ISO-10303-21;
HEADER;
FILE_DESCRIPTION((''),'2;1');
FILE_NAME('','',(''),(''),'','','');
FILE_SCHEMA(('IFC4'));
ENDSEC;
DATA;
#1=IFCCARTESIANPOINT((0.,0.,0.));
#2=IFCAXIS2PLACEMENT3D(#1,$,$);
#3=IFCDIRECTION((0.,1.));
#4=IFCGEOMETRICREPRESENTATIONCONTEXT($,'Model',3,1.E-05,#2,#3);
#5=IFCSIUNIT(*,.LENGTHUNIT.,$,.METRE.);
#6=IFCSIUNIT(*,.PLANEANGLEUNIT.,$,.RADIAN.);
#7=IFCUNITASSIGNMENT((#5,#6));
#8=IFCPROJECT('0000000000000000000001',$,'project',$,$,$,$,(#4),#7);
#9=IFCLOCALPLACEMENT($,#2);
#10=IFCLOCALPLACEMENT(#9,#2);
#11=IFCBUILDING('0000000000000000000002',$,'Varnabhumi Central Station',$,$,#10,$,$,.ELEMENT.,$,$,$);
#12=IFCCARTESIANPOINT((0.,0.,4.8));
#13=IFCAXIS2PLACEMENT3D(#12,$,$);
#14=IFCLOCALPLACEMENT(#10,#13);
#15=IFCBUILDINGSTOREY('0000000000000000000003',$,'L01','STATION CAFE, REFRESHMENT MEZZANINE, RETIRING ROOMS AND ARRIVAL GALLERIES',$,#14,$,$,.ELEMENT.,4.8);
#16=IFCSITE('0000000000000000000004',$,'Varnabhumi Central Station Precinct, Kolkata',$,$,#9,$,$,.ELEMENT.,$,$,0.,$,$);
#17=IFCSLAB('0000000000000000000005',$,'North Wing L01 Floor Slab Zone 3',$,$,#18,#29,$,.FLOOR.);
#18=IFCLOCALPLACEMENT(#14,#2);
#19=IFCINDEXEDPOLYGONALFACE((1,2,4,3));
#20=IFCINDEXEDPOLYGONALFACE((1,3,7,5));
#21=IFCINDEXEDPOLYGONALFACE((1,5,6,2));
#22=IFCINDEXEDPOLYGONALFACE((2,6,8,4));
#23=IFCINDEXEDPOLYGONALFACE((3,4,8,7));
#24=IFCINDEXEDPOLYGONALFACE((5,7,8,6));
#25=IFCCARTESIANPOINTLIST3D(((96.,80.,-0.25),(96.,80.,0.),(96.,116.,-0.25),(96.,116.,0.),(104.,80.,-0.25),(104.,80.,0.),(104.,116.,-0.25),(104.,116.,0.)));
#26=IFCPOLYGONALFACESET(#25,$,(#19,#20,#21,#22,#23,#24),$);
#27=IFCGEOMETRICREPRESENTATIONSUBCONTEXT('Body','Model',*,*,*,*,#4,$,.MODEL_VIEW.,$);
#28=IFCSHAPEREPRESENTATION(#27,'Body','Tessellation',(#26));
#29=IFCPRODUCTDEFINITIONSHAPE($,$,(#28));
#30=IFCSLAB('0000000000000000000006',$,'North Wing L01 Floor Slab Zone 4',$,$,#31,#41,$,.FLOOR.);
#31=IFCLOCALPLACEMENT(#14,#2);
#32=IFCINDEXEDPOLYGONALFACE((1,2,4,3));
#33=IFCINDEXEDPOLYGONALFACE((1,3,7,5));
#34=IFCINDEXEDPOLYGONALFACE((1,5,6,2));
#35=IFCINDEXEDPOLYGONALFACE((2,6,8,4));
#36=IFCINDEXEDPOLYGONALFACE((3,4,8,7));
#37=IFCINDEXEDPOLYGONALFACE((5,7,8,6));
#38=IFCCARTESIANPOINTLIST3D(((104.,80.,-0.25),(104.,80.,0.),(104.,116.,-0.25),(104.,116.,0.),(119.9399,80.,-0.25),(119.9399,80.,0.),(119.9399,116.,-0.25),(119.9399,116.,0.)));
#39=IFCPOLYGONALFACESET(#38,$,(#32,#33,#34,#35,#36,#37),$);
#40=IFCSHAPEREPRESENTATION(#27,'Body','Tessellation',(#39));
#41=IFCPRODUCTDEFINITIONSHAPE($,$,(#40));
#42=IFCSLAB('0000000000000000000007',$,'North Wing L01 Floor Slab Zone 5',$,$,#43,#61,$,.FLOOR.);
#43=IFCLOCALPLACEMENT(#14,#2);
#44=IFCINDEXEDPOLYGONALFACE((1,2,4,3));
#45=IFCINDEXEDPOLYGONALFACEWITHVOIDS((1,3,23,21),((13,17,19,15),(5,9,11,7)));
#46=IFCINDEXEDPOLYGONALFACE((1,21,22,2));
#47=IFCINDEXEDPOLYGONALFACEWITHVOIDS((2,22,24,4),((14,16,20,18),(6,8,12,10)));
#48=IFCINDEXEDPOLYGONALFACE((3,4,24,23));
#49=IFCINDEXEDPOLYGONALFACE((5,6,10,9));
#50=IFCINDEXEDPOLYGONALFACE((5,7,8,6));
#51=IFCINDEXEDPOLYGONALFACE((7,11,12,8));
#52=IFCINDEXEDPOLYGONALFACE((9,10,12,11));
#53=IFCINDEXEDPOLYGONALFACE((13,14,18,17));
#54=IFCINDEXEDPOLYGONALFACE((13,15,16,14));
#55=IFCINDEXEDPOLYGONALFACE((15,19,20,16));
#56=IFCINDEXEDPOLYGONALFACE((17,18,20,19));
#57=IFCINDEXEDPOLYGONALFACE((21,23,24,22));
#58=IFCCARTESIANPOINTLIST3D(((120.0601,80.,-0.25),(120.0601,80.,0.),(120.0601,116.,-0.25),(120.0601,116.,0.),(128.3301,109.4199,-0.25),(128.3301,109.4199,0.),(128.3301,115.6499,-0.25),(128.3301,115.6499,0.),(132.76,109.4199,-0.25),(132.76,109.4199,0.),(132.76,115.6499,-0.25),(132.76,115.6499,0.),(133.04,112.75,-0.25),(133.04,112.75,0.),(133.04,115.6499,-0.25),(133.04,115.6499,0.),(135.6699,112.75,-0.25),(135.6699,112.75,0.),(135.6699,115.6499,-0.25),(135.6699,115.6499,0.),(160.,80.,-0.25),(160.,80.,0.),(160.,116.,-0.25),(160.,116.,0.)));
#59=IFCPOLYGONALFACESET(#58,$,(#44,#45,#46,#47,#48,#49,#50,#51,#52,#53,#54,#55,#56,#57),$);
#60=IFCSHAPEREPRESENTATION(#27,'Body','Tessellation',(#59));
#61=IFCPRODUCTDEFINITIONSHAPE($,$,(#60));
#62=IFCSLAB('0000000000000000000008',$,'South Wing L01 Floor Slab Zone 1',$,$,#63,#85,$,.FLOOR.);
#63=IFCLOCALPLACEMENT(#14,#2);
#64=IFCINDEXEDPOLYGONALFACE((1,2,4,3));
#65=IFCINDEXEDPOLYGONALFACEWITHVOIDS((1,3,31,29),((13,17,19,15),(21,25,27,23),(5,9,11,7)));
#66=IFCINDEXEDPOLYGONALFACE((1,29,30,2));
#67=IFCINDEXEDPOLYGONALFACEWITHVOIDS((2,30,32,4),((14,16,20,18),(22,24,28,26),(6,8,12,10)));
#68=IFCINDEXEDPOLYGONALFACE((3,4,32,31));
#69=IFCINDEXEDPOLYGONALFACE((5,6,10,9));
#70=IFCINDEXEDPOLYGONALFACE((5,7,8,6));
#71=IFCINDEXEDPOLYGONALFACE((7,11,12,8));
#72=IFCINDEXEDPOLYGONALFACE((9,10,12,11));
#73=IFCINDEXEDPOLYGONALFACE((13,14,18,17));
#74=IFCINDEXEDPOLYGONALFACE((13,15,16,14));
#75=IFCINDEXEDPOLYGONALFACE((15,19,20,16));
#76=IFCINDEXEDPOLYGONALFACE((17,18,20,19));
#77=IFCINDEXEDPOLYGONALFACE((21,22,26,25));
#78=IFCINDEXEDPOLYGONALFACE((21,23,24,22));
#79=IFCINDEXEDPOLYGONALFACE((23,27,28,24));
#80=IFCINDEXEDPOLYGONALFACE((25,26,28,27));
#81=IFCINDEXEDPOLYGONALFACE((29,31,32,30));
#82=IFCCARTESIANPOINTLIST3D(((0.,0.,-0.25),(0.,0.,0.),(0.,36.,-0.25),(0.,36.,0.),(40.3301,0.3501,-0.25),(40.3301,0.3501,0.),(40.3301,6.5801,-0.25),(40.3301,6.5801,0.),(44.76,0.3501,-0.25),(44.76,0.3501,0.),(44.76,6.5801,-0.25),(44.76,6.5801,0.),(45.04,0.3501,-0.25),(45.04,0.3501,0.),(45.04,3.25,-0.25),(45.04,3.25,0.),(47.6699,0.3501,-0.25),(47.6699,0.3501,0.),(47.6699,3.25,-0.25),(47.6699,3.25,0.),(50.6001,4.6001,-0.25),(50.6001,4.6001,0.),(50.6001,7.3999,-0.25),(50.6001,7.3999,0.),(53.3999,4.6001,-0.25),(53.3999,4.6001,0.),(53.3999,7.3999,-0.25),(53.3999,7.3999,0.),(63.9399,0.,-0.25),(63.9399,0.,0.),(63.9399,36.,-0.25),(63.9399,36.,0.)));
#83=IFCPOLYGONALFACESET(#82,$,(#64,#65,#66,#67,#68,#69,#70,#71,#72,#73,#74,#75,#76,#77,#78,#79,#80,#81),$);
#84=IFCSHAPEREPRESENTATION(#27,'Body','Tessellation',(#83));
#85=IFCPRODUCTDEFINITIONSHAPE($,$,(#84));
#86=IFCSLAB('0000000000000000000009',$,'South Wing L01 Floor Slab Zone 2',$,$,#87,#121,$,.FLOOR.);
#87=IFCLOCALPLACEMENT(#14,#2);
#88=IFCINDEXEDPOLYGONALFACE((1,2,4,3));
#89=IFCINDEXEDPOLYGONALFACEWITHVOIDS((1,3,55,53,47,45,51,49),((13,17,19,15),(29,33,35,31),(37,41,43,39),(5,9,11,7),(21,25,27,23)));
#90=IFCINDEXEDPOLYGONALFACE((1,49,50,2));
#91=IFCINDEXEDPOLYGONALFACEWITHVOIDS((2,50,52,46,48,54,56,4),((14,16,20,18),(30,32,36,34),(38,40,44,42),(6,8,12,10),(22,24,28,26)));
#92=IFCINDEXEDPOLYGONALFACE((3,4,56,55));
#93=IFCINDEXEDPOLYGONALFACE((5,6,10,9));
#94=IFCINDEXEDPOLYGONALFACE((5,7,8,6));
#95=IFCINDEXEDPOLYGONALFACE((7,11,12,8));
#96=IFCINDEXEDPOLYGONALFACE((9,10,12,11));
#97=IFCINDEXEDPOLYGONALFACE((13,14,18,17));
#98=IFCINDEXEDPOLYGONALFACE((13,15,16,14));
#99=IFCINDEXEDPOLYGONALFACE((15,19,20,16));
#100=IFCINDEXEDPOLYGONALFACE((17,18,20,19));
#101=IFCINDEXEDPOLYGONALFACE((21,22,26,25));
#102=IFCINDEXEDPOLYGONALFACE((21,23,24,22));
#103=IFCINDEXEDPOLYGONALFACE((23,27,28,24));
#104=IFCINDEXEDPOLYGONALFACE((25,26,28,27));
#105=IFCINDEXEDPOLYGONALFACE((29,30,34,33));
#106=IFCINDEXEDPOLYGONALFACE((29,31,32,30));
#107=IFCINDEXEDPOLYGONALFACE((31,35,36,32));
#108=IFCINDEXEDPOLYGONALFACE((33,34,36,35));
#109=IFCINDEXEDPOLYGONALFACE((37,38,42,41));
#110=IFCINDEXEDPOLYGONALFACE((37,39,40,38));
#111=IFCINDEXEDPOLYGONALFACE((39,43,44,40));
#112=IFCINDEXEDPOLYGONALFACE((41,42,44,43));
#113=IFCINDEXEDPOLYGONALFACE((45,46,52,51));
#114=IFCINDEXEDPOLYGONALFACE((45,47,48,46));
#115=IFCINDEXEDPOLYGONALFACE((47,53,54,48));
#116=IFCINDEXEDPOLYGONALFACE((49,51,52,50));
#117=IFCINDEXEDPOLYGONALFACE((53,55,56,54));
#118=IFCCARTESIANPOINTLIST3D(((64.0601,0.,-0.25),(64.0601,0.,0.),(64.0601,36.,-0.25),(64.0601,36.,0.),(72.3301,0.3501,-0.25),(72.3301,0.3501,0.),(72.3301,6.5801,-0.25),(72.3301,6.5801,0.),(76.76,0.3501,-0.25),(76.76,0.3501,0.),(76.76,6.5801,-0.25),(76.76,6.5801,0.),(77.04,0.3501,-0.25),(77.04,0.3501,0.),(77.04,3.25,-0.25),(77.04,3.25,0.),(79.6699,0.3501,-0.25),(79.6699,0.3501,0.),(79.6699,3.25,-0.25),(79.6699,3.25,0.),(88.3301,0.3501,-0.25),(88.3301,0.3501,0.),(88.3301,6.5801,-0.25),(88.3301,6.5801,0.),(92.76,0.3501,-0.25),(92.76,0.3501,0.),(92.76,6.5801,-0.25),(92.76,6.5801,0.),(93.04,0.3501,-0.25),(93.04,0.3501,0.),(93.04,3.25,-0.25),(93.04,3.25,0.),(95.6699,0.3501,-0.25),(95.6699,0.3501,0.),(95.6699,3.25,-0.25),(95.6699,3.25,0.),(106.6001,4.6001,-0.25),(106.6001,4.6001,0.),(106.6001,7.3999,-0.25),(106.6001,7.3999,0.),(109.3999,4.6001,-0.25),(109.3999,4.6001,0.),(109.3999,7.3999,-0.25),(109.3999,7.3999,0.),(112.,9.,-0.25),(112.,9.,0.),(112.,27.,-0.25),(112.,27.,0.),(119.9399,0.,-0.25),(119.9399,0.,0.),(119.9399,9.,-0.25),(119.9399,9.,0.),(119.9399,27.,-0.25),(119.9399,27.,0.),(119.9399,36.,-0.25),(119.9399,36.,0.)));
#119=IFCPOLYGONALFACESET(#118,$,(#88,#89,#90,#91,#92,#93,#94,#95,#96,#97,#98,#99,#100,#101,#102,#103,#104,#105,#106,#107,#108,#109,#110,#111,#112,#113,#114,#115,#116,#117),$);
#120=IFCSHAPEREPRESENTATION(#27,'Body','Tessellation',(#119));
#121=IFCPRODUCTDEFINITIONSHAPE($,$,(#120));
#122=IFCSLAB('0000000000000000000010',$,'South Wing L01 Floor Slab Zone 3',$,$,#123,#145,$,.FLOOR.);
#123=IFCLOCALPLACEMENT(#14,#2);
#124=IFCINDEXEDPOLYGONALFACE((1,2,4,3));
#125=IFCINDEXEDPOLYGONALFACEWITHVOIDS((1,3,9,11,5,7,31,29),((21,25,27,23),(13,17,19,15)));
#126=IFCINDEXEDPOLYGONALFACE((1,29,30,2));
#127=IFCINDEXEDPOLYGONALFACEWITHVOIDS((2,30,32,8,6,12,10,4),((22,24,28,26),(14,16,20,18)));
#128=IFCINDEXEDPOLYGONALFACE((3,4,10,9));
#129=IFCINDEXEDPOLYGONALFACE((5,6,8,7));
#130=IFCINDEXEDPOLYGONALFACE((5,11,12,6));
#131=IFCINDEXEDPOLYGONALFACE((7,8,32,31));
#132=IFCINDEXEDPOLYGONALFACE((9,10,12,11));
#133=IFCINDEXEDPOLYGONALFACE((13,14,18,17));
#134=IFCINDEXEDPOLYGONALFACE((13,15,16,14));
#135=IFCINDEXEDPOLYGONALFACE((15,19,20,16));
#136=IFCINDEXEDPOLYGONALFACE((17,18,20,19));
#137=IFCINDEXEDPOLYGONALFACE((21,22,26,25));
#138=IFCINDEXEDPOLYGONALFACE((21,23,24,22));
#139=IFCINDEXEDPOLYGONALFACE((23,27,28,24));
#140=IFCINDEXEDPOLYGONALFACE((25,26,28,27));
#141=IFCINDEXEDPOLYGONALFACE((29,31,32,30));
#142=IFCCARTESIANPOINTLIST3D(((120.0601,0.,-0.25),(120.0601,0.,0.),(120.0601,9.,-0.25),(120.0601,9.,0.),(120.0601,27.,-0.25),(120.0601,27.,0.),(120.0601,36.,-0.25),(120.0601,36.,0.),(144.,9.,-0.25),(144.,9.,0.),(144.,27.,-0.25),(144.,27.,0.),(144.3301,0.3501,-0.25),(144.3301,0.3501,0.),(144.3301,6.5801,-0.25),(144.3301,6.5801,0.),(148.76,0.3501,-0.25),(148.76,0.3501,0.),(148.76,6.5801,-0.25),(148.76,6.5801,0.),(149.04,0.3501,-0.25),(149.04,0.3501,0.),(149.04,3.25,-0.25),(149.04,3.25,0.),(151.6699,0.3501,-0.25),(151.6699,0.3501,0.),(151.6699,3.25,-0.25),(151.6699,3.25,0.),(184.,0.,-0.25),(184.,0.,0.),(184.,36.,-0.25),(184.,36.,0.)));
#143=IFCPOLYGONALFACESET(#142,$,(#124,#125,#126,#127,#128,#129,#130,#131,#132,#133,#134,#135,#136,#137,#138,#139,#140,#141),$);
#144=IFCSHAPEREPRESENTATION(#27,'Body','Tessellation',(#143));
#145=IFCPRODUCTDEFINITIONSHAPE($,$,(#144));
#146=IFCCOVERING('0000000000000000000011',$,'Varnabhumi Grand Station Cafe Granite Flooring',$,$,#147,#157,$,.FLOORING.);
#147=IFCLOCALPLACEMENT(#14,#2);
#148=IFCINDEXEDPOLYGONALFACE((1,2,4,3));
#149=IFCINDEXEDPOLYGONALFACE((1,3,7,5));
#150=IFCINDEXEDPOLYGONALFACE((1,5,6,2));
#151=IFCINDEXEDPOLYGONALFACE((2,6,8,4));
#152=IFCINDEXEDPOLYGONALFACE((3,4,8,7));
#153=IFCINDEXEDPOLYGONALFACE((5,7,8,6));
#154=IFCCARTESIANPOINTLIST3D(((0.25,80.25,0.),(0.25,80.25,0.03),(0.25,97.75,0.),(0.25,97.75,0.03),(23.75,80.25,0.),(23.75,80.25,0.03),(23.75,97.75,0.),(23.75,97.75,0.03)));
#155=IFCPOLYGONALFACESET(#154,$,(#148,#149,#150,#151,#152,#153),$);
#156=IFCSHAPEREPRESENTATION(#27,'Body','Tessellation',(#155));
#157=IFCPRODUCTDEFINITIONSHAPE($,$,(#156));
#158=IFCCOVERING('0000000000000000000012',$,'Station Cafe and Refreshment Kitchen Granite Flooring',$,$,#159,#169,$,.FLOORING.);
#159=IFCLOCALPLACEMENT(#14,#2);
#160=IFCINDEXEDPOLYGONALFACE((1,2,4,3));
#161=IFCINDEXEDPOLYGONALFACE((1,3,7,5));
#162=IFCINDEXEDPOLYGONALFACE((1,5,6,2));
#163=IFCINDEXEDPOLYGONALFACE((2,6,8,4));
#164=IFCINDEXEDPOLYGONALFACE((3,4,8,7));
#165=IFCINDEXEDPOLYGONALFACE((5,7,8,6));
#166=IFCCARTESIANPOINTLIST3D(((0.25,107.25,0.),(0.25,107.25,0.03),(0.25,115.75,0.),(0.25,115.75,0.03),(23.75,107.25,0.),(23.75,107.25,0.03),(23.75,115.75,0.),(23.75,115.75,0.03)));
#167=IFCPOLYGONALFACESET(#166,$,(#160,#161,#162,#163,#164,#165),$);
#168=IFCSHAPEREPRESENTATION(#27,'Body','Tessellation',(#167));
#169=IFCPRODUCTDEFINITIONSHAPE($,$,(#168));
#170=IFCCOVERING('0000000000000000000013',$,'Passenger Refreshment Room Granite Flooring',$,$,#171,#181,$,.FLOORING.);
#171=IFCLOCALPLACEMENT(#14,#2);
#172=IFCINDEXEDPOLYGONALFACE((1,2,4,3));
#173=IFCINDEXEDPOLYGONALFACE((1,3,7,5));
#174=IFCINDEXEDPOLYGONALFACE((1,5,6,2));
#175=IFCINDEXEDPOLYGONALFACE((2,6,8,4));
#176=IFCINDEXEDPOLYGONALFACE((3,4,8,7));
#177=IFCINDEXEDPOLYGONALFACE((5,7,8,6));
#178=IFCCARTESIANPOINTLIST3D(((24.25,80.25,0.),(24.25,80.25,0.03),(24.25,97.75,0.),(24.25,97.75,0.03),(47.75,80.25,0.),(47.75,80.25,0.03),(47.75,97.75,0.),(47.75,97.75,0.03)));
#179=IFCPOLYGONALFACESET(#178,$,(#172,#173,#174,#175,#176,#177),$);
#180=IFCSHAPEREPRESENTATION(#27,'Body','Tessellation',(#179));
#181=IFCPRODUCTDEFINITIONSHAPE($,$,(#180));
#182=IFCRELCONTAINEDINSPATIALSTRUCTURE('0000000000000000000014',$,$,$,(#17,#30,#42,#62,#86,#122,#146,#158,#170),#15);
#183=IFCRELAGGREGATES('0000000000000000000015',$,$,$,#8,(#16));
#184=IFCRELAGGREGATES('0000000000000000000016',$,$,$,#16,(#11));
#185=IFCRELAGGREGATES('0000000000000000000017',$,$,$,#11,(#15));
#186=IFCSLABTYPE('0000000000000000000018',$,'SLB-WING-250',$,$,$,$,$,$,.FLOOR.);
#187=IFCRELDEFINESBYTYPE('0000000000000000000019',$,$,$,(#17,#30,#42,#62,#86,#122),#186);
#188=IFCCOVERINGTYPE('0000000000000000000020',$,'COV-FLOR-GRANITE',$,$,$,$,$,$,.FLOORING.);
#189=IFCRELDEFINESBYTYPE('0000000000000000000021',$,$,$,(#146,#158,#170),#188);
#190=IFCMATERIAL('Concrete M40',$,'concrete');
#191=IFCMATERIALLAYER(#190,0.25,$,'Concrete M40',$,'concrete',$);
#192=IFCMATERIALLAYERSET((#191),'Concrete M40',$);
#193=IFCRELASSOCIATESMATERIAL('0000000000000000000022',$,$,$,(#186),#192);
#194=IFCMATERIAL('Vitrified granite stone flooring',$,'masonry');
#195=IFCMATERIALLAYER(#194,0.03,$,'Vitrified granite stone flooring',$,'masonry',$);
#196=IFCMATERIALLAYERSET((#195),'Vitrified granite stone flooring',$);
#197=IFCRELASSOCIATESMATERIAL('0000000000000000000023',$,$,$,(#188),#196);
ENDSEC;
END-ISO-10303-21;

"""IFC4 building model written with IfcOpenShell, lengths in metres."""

from ifc_helpers import new_model, si_unit, direction, frame, origin, place, context, subcontext, project, spatial, polyline, outline, extrude, material, layer, layer_set, type_object, element, save


model = new_model("IFC4")

# Units and contexts
model_context = context("Model", 3, precision=1e-05, world=origin(), true_north=direction((0.0, 1.0)))
body_context = subcontext(model_context, "Body", "Model", "MODEL_VIEW")
ifc_project = project(units=[si_unit("LENGTHUNIT", "METRE"), si_unit("PLANEANGLEUNIT", "RADIAN")], contexts=[model_context])

# Site, building, storey
site_placement = place(None, origin())
site = spatial("IfcSite", under=ifc_project, at=site_placement, Name="Varnabhumi Central Station Precinct, Kolkata", CompositionType="ELEMENT", RefElevation=0.0)
building_placement = place(site_placement, origin())
building = spatial("IfcBuilding", under=site, at=building_placement, Name="Varnabhumi Central Station", CompositionType="ELEMENT")
storey_placement = place(building_placement, frame((0.0, 0.0, 4.8)))
storey = spatial("IfcBuildingStorey", under=building, at=storey_placement, Name="L01", Description="STATION CAFE, REFRESHMENT MEZZANINE, RETIRING ROOMS AND ARRIVAL GALLERIES", CompositionType="ELEMENT", Elevation=4.8)

# Shared definitions
ifc_material_1 = material(Name="Concrete M40", Category="concrete")

# Slabs
ifc_layer_1 = layer(ifc_material_1, 0.25, Name="Concrete M40", Category="concrete")
ifc_layer_set_1 = layer_set([ifc_layer_1], Name="Concrete M40")
slab_type_1 = type_object("IfcSlabType", Name="SLB-WING-250", PredefinedType="FLOOR", material=ifc_layer_set_1)
slab_1_placement = place(storey_placement, frame((0.0, 0.0, -0.25)))
element("IfcSlab", 1, at=slab_1_placement, inside=storey, type_object=slab_type_1, Name="North Wing L01 Floor Slab Zone 3", PredefinedType="FLOOR", context=body_context, shape_type="SweptSolid", body=[
    extrude(outline(polyline([(96.0, 80.0), (104.0, 80.0), (104.0, 116.0), (96.0, 116.0), (96.0, 80.0)])), origin(), (0.0, 0.0, 1.0), 0.25),
])
slab_2_placement = place(storey_placement, frame((0.0, 0.0, -0.25)))
element("IfcSlab", 2, at=slab_2_placement, inside=storey, type_object=slab_type_1, Name="North Wing L01 Floor Slab Zone 4", PredefinedType="FLOOR", context=body_context, shape_type="SweptSolid", body=[
    extrude(outline(polyline([(104.0, 80.0), (119.9399, 80.0), (119.9399, 116.0), (104.0, 116.0), (104.0, 80.0)])), origin(), (0.0, 0.0, 1.0), 0.25),
])
slab_3_placement = place(storey_placement, frame((0.0, 0.0, -0.25)))
element("IfcSlab", 3, at=slab_3_placement, inside=storey, type_object=slab_type_1, Name="North Wing L01 Floor Slab Zone 5", PredefinedType="FLOOR", context=body_context, shape_type="SweptSolid", body=[
    extrude(outline(polyline([(120.0601, 80.0), (160.0, 80.0), (160.0, 116.0), (120.0601, 116.0), (120.0601, 80.0)]), holes=[polyline([(128.3301, 109.4199), (132.76, 109.4199), (132.76, 115.6499), (128.3301, 115.6499), (128.3301, 109.4199)]), polyline([(133.04, 112.75), (135.6699, 112.75), (135.6699, 115.6499), (133.04, 115.6499), (133.04, 112.75)])]), origin(), (0.0, 0.0, 1.0), 0.25),
])
slab_4_placement = place(storey_placement, frame((0.0, 0.0, -0.25)))
element("IfcSlab", 4, at=slab_4_placement, inside=storey, type_object=slab_type_1, Name="South Wing L01 Floor Slab Zone 1", PredefinedType="FLOOR", context=body_context, shape_type="SweptSolid", body=[
    extrude(outline(polyline([(0.0, 0.0), (63.9399, 0.0), (63.9399, 36.0), (0.0, 36.0), (0.0, 0.0)]), holes=[polyline([(40.3301, 0.3501), (44.76, 0.3501), (44.76, 6.5801), (40.3301, 6.5801), (40.3301, 0.3501)]), polyline([(45.04, 0.3501), (47.6699, 0.3501), (47.6699, 3.25), (45.04, 3.25), (45.04, 0.3501)]), polyline([(50.6001, 4.6001), (53.3999, 4.6001), (53.3999, 7.3999), (50.6001, 7.3999), (50.6001, 4.6001)])]), origin(), (0.0, 0.0, 1.0), 0.25),
])
slab_5_placement = place(storey_placement, frame((0.0, 0.0, -0.25)))
element("IfcSlab", 5, at=slab_5_placement, inside=storey, type_object=slab_type_1, Name="South Wing L01 Floor Slab Zone 2", PredefinedType="FLOOR", context=body_context, shape_type="SweptSolid", body=[
    extrude(outline(polyline([(64.0601, 0.0), (119.9399, 0.0), (119.9399, 9.0), (112.0, 9.0), (112.0, 27.0), (119.9399, 27.0), (119.9399, 36.0), (64.0601, 36.0), (64.0601, 0.0)]), holes=[polyline([(88.3301, 0.3501), (92.76, 0.3501), (92.76, 6.5801), (88.3301, 6.5801), (88.3301, 0.3501)]), polyline([(93.04, 0.3501), (95.6699, 0.3501), (95.6699, 3.25), (93.04, 3.25), (93.04, 0.3501)]), polyline([(72.3301, 0.3501), (76.76, 0.3501), (76.76, 6.5801), (72.3301, 6.5801), (72.3301, 0.3501)]), polyline([(77.04, 0.3501), (79.6699, 0.3501), (79.6699, 3.25), (77.04, 3.25), (77.04, 0.3501)]), polyline([(106.6001, 4.6001), (109.3999, 4.6001), (109.3999, 7.3999), (106.6001, 7.3999), (106.6001, 4.6001)])]), origin(), (0.0, 0.0, 1.0), 0.25),
])
slab_6_placement = place(storey_placement, frame((0.0, 0.0, -0.25)))
element("IfcSlab", 6, at=slab_6_placement, inside=storey, type_object=slab_type_1, Name="South Wing L01 Floor Slab Zone 3", PredefinedType="FLOOR", context=body_context, shape_type="SweptSolid", body=[
    extrude(outline(polyline([(120.0601, 0.0), (184.0, 0.0), (184.0, 36.0), (120.0601, 36.0), (120.0601, 27.0), (144.0, 27.0), (144.0, 9.0), (120.0601, 9.0), (120.0601, 0.0)]), holes=[polyline([(144.3301, 0.3501), (148.76, 0.3501), (148.76, 6.5801), (144.3301, 6.5801), (144.3301, 0.3501)]), polyline([(149.04, 0.3501), (151.6699, 0.3501), (151.6699, 3.25), (149.04, 3.25), (149.04, 0.3501)])]), origin(), (0.0, 0.0, 1.0), 0.25),
])

# Coverings
ifc_material_2 = material(Name="Vitrified granite stone flooring", Category="masonry")
ifc_layer_2 = layer(ifc_material_2, 0.03, Name="Vitrified granite stone flooring", Category="masonry")
ifc_layer_set_2 = layer_set([ifc_layer_2], Name="Vitrified granite stone flooring")
covering_type = type_object("IfcCoveringType", Name="COV-FLOR-GRANITE", PredefinedType="FLOORING", material=ifc_layer_set_2)
covering_1_placement = place(storey_placement, origin())
element("IfcCovering", 7, at=covering_1_placement, inside=storey, type_object=covering_type, Name="Varnabhumi Grand Station Cafe Granite Flooring", PredefinedType="FLOORING", context=body_context, shape_type="SweptSolid", body=[
    extrude(outline(polyline([(0.25, 80.25), (23.75, 80.25), (23.75, 97.75), (0.25, 97.75), (0.25, 80.25)])), origin(), (0.0, 0.0, 1.0), 0.03),
])
covering_2_placement = place(storey_placement, origin())
element("IfcCovering", 8, at=covering_2_placement, inside=storey, type_object=covering_type, Name="Station Cafe and Refreshment Kitchen Granite Flooring", PredefinedType="FLOORING", context=body_context, shape_type="SweptSolid", body=[
    extrude(outline(polyline([(0.25, 107.25), (23.75, 107.25), (23.75, 115.75), (0.25, 115.75), (0.25, 107.25)])), origin(), (0.0, 0.0, 1.0), 0.03),
])
covering_3_placement = place(storey_placement, origin())
element("IfcCovering", 9, at=covering_3_placement, inside=storey, type_object=covering_type, Name="Passenger Refreshment Room Granite Flooring", PredefinedType="FLOORING", context=body_context, shape_type="SweptSolid", body=[
    extrude(outline(polyline([(24.25, 80.25), (47.75, 80.25), (47.75, 97.75), (24.25, 97.75), (24.25, 80.25)])), origin(), (0.0, 0.0, 1.0), 0.03),
])

save(model, "model.ifc")
